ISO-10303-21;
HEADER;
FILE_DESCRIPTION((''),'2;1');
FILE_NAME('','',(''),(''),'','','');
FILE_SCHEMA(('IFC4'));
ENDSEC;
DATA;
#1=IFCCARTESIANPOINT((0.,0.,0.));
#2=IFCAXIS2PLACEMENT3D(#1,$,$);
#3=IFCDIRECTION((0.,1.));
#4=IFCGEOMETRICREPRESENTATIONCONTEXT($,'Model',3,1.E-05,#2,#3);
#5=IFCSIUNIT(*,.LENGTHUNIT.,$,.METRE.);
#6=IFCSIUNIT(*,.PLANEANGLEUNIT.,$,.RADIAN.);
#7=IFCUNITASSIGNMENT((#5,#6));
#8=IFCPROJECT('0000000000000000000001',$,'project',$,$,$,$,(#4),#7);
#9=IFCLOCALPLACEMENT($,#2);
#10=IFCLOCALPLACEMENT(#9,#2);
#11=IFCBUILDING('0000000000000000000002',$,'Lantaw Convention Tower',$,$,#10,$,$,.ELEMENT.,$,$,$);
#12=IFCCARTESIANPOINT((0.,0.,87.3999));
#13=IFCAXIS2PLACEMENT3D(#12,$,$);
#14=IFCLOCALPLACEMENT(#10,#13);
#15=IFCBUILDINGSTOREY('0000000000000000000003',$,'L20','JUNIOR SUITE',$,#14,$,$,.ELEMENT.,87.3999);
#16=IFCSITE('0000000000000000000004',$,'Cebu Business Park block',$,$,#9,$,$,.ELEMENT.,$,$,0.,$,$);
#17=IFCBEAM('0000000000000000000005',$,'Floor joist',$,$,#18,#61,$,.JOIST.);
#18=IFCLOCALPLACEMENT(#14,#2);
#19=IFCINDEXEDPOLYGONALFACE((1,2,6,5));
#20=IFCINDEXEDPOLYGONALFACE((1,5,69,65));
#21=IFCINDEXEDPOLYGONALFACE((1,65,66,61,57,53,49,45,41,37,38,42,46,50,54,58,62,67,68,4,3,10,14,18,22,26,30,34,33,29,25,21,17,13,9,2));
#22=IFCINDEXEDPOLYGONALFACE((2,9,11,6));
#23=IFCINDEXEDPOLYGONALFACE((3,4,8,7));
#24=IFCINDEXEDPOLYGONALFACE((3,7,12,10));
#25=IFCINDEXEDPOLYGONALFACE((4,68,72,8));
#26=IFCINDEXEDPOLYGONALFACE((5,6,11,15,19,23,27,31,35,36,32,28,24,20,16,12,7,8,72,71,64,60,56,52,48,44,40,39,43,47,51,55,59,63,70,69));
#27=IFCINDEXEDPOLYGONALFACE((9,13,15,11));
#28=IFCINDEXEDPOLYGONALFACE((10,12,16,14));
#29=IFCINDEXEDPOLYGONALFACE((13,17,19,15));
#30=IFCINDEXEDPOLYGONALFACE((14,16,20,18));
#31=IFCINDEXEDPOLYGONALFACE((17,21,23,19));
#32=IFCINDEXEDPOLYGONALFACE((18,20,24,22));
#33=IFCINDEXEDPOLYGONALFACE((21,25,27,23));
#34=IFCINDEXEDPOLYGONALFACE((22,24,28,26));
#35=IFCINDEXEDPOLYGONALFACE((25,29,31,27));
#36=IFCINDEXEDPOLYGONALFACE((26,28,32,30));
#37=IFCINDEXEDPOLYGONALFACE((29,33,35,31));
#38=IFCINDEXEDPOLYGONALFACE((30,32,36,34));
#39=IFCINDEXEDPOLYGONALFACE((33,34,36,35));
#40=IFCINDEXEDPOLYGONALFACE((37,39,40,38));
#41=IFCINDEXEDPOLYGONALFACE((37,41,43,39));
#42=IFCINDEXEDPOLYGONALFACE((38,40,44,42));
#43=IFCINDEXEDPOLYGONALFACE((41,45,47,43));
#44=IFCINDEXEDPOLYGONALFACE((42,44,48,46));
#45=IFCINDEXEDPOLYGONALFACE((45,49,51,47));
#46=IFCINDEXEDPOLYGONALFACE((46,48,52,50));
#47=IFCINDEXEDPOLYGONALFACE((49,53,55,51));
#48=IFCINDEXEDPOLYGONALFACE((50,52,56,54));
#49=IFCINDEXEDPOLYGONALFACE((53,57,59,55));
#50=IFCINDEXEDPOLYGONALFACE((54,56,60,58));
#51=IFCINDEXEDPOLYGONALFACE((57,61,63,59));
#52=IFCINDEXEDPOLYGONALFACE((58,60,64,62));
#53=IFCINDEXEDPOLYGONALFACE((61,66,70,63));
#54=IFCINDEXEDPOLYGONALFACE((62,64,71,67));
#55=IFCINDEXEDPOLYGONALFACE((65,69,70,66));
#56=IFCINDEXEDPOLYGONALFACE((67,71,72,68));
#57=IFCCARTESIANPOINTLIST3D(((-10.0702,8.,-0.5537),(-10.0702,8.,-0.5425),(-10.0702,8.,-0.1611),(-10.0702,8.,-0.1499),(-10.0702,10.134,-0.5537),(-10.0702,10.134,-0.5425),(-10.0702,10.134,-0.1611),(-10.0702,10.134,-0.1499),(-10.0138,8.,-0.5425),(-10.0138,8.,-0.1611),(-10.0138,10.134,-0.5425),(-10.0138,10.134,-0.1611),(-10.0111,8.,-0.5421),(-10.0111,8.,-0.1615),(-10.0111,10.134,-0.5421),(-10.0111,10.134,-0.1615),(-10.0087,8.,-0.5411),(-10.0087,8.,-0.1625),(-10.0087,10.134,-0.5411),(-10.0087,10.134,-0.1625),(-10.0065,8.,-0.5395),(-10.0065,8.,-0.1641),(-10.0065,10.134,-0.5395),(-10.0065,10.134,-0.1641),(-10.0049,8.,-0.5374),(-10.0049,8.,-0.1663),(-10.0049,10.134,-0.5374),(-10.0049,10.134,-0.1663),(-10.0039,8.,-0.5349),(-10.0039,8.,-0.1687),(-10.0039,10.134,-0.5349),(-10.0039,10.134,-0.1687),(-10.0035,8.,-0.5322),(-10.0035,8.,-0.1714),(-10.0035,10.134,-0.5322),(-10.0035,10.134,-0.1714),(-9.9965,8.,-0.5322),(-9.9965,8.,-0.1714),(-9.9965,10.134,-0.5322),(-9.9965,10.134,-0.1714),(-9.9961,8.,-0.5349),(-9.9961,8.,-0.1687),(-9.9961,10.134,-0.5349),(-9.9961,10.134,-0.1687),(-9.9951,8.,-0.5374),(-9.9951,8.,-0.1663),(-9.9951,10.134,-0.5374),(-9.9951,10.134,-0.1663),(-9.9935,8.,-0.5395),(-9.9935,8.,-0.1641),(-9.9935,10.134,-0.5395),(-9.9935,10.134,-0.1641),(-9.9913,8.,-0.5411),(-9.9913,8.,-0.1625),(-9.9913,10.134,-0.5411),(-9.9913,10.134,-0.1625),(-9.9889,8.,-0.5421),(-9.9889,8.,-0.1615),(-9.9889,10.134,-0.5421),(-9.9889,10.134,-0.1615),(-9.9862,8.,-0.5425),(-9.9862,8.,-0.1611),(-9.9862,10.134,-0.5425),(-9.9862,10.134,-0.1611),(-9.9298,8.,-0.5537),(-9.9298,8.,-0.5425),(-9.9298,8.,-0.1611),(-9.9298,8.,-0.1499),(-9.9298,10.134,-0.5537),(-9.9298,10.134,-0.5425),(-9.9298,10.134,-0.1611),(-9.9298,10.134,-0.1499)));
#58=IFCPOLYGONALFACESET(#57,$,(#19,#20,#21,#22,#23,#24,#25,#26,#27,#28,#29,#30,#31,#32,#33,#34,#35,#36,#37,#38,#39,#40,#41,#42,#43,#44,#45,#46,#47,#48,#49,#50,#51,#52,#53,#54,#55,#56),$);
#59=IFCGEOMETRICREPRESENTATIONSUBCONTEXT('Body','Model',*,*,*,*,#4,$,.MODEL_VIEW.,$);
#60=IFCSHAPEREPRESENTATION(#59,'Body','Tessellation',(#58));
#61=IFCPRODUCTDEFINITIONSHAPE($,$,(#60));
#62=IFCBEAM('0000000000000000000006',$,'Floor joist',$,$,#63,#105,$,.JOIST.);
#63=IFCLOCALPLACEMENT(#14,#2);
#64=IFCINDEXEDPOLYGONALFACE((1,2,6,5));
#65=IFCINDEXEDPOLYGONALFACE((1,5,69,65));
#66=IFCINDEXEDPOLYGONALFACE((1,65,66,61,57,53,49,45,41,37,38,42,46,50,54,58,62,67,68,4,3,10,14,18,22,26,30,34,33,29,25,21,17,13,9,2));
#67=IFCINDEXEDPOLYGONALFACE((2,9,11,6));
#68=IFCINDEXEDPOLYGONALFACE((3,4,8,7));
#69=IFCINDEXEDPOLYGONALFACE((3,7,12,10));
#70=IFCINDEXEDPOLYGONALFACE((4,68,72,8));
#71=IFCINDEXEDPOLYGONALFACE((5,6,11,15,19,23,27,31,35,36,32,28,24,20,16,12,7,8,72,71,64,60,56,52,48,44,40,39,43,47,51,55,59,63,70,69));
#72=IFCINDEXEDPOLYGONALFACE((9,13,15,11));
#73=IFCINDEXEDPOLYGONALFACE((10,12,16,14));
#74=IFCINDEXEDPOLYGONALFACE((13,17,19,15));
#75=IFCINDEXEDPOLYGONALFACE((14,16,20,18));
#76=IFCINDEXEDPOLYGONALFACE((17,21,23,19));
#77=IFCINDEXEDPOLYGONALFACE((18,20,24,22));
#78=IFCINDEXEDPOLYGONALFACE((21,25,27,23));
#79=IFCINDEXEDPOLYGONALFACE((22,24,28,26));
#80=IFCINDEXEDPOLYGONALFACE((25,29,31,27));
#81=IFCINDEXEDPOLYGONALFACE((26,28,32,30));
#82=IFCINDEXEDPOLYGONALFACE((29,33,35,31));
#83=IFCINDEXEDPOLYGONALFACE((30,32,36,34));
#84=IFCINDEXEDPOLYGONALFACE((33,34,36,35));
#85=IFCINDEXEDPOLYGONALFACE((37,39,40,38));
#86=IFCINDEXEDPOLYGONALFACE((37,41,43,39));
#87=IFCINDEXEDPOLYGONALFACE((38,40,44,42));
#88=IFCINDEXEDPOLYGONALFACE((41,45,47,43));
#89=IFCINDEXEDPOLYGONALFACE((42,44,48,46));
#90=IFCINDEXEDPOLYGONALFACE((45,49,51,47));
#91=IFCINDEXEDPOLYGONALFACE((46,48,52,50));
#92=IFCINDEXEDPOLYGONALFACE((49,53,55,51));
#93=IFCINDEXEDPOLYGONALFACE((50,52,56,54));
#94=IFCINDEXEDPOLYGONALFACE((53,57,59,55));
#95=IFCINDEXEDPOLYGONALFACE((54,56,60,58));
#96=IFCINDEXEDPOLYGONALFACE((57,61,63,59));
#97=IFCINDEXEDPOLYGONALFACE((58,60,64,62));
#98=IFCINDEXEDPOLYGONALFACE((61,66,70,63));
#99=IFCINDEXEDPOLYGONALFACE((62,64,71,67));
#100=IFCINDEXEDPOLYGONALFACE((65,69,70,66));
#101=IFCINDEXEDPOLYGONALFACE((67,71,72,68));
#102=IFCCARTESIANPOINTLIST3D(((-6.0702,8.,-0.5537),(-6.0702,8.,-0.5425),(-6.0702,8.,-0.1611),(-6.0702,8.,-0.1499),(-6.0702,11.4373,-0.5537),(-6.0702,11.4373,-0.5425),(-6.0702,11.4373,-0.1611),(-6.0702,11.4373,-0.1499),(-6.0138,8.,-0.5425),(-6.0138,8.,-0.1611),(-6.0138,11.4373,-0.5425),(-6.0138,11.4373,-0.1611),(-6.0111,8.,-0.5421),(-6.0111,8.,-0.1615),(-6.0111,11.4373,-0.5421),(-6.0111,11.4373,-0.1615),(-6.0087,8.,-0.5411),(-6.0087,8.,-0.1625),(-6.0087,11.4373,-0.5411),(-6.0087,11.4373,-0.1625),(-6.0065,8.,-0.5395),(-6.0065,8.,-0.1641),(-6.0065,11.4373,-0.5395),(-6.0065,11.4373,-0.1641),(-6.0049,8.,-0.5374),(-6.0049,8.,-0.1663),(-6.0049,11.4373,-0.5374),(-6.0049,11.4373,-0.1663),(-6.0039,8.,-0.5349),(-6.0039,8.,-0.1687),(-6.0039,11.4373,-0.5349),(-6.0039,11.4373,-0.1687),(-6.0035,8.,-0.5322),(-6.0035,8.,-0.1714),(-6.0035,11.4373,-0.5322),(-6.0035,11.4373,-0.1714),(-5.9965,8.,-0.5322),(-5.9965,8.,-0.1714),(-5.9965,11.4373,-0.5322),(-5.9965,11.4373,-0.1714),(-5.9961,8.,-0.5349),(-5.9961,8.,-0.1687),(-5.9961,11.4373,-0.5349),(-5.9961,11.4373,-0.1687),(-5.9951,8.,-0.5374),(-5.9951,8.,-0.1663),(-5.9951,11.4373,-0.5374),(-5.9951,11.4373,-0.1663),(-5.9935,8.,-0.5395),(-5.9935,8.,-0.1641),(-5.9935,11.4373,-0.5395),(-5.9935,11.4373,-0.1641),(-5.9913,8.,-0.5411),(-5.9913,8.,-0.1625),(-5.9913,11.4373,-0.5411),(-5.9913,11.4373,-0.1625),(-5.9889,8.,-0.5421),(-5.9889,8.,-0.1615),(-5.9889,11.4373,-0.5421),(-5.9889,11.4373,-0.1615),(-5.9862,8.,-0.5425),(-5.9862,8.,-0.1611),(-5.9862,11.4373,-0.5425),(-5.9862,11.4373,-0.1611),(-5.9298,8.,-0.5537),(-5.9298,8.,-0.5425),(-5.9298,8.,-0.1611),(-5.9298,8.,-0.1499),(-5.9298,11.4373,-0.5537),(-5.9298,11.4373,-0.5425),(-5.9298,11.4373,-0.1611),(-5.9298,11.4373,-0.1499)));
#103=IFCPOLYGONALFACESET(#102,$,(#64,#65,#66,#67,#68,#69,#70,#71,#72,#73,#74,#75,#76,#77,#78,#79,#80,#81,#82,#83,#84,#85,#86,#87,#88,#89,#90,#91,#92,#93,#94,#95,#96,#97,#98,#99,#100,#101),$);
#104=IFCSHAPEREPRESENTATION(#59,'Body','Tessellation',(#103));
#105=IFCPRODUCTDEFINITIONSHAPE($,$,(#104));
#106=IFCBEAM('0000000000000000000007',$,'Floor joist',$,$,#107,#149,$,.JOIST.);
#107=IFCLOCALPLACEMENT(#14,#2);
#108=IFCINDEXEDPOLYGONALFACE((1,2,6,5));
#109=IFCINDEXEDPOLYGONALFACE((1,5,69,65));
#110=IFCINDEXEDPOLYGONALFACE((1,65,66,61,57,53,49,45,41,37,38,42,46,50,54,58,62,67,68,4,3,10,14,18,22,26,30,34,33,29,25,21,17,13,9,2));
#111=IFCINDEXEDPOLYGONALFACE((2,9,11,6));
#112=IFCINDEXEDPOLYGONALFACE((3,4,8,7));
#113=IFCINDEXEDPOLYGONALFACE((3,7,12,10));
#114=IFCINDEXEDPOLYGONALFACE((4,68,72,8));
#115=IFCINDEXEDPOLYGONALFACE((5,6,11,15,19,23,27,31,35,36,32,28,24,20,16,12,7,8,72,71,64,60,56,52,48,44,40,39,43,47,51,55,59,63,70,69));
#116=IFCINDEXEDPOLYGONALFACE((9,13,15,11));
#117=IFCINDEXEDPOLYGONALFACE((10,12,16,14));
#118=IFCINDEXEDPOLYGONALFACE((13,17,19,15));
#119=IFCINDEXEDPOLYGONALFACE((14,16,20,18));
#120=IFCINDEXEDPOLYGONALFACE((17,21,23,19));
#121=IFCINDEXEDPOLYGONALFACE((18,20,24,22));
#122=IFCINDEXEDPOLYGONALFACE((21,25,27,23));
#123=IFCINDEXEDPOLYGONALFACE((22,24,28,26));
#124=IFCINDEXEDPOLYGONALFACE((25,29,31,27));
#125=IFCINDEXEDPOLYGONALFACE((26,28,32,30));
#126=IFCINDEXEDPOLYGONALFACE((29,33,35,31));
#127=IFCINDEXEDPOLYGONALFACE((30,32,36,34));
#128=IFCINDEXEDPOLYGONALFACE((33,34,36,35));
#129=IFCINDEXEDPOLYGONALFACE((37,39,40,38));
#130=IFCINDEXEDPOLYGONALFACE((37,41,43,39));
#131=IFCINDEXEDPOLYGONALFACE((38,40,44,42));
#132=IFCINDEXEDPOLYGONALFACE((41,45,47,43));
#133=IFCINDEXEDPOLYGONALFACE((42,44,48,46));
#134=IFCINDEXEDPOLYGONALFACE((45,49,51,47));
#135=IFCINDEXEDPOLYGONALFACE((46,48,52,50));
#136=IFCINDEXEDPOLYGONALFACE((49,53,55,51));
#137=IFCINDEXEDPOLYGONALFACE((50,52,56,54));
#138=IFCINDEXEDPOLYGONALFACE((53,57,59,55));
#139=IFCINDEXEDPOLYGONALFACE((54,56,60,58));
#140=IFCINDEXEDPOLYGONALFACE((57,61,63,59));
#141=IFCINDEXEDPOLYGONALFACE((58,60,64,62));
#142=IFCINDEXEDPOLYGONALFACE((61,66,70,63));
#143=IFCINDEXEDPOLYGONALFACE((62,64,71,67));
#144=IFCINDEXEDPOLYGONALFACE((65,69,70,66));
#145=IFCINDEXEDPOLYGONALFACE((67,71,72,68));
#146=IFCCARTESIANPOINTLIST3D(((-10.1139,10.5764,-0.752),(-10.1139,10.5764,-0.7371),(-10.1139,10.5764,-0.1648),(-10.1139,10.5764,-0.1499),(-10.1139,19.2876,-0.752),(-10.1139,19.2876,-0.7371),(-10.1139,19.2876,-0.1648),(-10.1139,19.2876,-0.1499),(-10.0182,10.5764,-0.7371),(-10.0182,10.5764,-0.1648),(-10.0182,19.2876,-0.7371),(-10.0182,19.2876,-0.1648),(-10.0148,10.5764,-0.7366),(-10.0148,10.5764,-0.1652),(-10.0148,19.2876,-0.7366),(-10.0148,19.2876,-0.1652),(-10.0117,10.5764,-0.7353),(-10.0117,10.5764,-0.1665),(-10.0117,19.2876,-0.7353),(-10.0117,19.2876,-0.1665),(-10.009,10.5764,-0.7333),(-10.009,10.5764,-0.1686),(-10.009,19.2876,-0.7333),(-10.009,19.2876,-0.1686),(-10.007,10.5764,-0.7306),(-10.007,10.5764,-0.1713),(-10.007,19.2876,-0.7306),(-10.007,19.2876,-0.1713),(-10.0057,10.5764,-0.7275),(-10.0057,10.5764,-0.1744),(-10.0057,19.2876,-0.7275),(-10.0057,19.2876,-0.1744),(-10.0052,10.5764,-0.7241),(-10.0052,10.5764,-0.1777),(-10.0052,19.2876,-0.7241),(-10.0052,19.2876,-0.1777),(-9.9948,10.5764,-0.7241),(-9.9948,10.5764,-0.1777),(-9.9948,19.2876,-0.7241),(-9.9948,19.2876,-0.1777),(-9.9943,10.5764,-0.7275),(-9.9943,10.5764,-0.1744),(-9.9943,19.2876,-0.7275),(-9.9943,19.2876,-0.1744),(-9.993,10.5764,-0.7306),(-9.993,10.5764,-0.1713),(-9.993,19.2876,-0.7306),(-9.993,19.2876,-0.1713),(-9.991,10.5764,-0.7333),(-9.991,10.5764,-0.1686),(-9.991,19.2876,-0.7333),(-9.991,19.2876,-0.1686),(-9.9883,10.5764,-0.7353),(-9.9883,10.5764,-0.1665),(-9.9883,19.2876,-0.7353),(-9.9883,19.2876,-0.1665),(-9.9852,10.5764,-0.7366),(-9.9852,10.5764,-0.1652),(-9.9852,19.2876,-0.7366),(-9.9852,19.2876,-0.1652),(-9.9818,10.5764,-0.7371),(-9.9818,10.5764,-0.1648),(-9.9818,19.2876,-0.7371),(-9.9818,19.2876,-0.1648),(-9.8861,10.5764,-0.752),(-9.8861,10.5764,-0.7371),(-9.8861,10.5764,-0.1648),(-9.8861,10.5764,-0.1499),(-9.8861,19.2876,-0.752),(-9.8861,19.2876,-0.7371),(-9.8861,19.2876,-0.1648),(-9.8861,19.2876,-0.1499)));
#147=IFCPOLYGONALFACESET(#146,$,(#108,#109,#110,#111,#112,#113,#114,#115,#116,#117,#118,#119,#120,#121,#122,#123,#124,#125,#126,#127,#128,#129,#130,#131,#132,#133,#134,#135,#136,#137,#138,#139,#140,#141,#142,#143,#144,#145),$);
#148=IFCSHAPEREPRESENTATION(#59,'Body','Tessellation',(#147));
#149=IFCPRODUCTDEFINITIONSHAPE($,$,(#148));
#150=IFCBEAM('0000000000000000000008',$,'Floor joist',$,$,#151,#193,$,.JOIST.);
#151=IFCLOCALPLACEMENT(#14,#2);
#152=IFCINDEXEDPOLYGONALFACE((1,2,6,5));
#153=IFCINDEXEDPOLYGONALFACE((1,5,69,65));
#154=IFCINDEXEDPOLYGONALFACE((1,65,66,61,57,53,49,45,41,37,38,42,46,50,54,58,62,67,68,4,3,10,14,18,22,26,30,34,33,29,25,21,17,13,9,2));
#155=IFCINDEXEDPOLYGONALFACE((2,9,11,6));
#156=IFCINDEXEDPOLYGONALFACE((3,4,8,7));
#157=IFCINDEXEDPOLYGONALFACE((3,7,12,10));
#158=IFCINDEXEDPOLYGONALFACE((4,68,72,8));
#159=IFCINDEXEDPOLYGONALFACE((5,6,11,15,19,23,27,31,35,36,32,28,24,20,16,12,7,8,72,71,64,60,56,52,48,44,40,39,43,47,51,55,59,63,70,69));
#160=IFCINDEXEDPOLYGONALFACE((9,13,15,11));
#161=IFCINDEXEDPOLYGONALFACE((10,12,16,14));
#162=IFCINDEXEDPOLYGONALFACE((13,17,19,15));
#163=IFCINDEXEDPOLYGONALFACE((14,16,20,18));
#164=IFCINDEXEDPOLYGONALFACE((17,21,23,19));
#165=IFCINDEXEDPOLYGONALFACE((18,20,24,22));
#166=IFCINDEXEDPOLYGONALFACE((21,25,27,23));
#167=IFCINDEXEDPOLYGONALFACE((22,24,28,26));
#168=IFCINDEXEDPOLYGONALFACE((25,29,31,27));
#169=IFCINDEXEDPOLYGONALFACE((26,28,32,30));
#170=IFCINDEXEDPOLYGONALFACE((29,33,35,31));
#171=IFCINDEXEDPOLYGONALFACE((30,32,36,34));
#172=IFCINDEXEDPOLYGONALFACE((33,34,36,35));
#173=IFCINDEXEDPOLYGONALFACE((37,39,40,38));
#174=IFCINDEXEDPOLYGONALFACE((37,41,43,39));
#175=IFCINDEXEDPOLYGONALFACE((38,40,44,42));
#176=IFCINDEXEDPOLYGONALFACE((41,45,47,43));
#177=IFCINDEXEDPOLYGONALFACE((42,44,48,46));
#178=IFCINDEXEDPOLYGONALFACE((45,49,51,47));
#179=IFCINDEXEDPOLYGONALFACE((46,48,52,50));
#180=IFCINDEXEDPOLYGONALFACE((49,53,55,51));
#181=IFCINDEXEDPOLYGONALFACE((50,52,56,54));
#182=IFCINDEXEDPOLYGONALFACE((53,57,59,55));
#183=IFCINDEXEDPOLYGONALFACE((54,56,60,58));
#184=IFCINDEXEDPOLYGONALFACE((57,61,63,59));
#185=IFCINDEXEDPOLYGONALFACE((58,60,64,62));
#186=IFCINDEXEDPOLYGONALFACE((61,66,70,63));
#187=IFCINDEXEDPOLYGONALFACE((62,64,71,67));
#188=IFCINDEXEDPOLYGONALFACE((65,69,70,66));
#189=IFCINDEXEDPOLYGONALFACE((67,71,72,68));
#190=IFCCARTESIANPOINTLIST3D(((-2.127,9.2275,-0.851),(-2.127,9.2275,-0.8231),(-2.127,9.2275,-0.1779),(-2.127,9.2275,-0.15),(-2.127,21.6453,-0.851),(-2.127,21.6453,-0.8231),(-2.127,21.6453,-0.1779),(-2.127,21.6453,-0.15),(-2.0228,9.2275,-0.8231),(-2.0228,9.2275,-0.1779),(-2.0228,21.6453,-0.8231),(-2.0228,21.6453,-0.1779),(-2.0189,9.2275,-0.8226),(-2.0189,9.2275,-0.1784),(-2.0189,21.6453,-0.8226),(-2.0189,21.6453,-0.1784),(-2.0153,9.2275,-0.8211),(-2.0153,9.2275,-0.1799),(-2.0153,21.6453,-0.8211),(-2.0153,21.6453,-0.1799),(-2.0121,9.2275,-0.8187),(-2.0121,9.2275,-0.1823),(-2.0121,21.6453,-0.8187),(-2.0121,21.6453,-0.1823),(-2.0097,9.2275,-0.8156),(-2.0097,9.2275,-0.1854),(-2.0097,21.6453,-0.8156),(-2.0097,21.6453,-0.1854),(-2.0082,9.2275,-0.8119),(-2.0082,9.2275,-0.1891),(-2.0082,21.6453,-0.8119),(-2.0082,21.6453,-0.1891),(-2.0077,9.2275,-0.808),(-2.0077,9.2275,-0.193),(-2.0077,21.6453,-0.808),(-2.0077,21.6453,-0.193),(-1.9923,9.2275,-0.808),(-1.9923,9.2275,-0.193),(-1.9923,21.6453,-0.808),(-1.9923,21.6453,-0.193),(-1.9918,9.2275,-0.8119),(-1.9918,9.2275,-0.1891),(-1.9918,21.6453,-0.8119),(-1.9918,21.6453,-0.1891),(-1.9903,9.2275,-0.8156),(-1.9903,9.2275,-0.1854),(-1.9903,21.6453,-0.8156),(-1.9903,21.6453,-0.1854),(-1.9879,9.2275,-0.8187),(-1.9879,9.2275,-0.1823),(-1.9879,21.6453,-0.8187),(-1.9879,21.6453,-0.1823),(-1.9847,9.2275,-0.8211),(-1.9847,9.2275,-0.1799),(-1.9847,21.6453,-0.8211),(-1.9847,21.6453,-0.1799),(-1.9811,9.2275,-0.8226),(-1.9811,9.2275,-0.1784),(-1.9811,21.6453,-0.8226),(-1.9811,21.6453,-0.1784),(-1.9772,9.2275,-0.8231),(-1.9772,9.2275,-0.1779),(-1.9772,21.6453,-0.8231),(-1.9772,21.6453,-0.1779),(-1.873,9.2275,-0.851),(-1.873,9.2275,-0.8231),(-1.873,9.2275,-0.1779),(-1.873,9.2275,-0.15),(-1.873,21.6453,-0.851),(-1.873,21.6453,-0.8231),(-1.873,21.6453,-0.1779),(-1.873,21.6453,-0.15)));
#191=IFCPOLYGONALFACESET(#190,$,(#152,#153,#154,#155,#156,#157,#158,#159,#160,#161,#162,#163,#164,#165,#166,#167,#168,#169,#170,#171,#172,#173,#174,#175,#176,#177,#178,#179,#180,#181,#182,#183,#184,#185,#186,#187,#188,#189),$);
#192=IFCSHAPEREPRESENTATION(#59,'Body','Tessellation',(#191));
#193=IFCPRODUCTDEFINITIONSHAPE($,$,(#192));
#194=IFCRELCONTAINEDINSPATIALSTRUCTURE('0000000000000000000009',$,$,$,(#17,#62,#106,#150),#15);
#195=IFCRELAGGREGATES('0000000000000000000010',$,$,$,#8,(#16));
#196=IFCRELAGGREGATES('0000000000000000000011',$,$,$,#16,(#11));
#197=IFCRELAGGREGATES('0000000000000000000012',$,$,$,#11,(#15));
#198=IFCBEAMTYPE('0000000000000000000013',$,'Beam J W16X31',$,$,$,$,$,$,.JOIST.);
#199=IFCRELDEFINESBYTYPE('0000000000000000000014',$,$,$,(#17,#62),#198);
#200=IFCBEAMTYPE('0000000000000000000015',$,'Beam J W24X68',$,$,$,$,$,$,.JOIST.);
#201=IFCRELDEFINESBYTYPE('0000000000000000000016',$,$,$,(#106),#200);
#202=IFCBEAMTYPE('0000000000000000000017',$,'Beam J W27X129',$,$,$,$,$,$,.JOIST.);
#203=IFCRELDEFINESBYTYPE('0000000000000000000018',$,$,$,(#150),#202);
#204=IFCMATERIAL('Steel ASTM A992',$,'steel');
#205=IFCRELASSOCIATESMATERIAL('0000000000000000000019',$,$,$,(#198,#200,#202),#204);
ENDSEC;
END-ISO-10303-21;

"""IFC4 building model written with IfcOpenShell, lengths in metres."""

from ifc_helpers import new_model, si_unit, direction, frame, origin, origin_2d, place, context, subcontext, project, spatial, i_section, extrude, material, material_profile, profile_set, type_object, element, save


model = new_model("IFC4")

# Units and contexts
model_context = context("Model", 3, precision=1e-05, world=origin(), true_north=direction((0.0, 1.0)))
body_context = subcontext(model_context, "Body", "Model", "MODEL_VIEW")
ifc_project = project(units=[si_unit("LENGTHUNIT", "METRE"), si_unit("PLANEANGLEUNIT", "RADIAN")], contexts=[model_context])

# Site, building, storey
site_placement = place(None, origin())
site = spatial("IfcSite", under=ifc_project, at=site_placement, Name="Cebu Business Park block", CompositionType="ELEMENT", RefElevation=0.0)
building_placement = place(site_placement, origin())
building = spatial("IfcBuilding", under=site, at=building_placement, Name="Lantaw Convention Tower", CompositionType="ELEMENT")
storey_placement = place(building_placement, frame((0.0, 0.0, 87.3999)))
storey = spatial("IfcBuildingStorey", under=building, at=storey_placement, Name="L20", Description="JUNIOR SUITE", CompositionType="ELEMENT", Elevation=87.3999)

# Beams
ifc_material_1 = material(Name="Steel ASTM A992", Category="steel")
ifc_material_profile_1 = material_profile(ifc_material_1, i_section(OverallWidth=0.1404, OverallDepth=0.4038, WebThickness=0.0071, FlangeThickness=0.0112, FilletRadius=0.0103, at=origin_2d()), Name="W16X31")
ifc_profile_set_1 = profile_set([ifc_material_profile_1], Name="Steel ASTM A992")
beam_type_1 = type_object("IfcBeamType", Name="Beam J W16X31", PredefinedType="JOIST", material=ifc_profile_set_1)
beam_1_placement = place(storey_placement, frame((-10.0, 8.0, -0.3518), z_axis=(0.0, 1.0, 0.0), x_axis=(-1.0, 0.0, 0.0)))
element("IfcBeam", 1, at=beam_1_placement, inside=storey, type_object=beam_type_1, Name="Floor joist", PredefinedType="JOIST", context=body_context, shape_type="SweptSolid", body=[
    extrude(i_section(OverallWidth=0.1404, OverallDepth=0.4038, WebThickness=0.0071, FlangeThickness=0.0112, FilletRadius=0.0103, at=origin_2d()), origin(), (0.0, 0.0, 1.0), 2.134),
])
beam_2_placement = place(storey_placement, frame((-6.0, 8.0, -0.3518), z_axis=(0.0, 1.0, 0.0), x_axis=(-1.0, 0.0, 0.0)))
element("IfcBeam", 2, at=beam_2_placement, inside=storey, type_object=beam_type_1, Name="Floor joist", PredefinedType="JOIST", context=body_context, shape_type="SweptSolid", body=[
    extrude(i_section(OverallWidth=0.1404, OverallDepth=0.4038, WebThickness=0.0071, FlangeThickness=0.0112, FilletRadius=0.0103, at=origin_2d()), origin(), (0.0, 0.0, 1.0), 3.4373),
])
ifc_material_profile_2 = material_profile(ifc_material_1, i_section(OverallWidth=0.2278, OverallDepth=0.6021, WebThickness=0.0105, FlangeThickness=0.0149, FilletRadius=0.0129, at=origin_2d()), Name="W24X68")
ifc_profile_set_2 = profile_set([ifc_material_profile_2], Name="Steel ASTM A992")
beam_type_2 = type_object("IfcBeamType", Name="Beam J W24X68", PredefinedType="JOIST", material=ifc_profile_set_2)
beam_3_placement = place(storey_placement, frame((-10.0, 10.5764, -0.4509), z_axis=(0.0, 1.0, 0.0), x_axis=(-1.0, 0.0, 0.0)))
element("IfcBeam", 3, at=beam_3_placement, inside=storey, type_object=beam_type_2, Name="Floor joist", PredefinedType="JOIST", context=body_context, shape_type="SweptSolid", body=[
    extrude(i_section(OverallWidth=0.2278, OverallDepth=0.6021, WebThickness=0.0105, FlangeThickness=0.0149, FilletRadius=0.0129, at=origin_2d()), origin(), (0.0, 0.0, 1.0), 8.7112),
])
ifc_material_profile_3 = material_profile(ifc_material_1, i_section(OverallWidth=0.2539, OverallDepth=0.7009, WebThickness=0.0154, FlangeThickness=0.0278, FilletRadius=0.0151, at=origin_2d()), Name="W27X129")
ifc_profile_set_3 = profile_set([ifc_material_profile_3], Name="Steel ASTM A992")
beam_type_3 = type_object("IfcBeamType", Name="Beam J W27X129", PredefinedType="JOIST", material=ifc_profile_set_3)
beam_4_placement = place(storey_placement, frame((-2.0, 9.2275, -0.5005), z_axis=(0.0, 1.0, 0.0), x_axis=(-1.0, 0.0, 0.0)))
element("IfcBeam", 4, at=beam_4_placement, inside=storey, type_object=beam_type_3, Name="Floor joist", PredefinedType="JOIST", context=body_context, shape_type="SweptSolid", body=[
    extrude(i_section(OverallWidth=0.2539, OverallDepth=0.7009, WebThickness=0.0154, FlangeThickness=0.0278, FilletRadius=0.0151, at=origin_2d()), origin(), (0.0, 0.0, 1.0), 12.4177),
])

save(model, "model.ifc")
